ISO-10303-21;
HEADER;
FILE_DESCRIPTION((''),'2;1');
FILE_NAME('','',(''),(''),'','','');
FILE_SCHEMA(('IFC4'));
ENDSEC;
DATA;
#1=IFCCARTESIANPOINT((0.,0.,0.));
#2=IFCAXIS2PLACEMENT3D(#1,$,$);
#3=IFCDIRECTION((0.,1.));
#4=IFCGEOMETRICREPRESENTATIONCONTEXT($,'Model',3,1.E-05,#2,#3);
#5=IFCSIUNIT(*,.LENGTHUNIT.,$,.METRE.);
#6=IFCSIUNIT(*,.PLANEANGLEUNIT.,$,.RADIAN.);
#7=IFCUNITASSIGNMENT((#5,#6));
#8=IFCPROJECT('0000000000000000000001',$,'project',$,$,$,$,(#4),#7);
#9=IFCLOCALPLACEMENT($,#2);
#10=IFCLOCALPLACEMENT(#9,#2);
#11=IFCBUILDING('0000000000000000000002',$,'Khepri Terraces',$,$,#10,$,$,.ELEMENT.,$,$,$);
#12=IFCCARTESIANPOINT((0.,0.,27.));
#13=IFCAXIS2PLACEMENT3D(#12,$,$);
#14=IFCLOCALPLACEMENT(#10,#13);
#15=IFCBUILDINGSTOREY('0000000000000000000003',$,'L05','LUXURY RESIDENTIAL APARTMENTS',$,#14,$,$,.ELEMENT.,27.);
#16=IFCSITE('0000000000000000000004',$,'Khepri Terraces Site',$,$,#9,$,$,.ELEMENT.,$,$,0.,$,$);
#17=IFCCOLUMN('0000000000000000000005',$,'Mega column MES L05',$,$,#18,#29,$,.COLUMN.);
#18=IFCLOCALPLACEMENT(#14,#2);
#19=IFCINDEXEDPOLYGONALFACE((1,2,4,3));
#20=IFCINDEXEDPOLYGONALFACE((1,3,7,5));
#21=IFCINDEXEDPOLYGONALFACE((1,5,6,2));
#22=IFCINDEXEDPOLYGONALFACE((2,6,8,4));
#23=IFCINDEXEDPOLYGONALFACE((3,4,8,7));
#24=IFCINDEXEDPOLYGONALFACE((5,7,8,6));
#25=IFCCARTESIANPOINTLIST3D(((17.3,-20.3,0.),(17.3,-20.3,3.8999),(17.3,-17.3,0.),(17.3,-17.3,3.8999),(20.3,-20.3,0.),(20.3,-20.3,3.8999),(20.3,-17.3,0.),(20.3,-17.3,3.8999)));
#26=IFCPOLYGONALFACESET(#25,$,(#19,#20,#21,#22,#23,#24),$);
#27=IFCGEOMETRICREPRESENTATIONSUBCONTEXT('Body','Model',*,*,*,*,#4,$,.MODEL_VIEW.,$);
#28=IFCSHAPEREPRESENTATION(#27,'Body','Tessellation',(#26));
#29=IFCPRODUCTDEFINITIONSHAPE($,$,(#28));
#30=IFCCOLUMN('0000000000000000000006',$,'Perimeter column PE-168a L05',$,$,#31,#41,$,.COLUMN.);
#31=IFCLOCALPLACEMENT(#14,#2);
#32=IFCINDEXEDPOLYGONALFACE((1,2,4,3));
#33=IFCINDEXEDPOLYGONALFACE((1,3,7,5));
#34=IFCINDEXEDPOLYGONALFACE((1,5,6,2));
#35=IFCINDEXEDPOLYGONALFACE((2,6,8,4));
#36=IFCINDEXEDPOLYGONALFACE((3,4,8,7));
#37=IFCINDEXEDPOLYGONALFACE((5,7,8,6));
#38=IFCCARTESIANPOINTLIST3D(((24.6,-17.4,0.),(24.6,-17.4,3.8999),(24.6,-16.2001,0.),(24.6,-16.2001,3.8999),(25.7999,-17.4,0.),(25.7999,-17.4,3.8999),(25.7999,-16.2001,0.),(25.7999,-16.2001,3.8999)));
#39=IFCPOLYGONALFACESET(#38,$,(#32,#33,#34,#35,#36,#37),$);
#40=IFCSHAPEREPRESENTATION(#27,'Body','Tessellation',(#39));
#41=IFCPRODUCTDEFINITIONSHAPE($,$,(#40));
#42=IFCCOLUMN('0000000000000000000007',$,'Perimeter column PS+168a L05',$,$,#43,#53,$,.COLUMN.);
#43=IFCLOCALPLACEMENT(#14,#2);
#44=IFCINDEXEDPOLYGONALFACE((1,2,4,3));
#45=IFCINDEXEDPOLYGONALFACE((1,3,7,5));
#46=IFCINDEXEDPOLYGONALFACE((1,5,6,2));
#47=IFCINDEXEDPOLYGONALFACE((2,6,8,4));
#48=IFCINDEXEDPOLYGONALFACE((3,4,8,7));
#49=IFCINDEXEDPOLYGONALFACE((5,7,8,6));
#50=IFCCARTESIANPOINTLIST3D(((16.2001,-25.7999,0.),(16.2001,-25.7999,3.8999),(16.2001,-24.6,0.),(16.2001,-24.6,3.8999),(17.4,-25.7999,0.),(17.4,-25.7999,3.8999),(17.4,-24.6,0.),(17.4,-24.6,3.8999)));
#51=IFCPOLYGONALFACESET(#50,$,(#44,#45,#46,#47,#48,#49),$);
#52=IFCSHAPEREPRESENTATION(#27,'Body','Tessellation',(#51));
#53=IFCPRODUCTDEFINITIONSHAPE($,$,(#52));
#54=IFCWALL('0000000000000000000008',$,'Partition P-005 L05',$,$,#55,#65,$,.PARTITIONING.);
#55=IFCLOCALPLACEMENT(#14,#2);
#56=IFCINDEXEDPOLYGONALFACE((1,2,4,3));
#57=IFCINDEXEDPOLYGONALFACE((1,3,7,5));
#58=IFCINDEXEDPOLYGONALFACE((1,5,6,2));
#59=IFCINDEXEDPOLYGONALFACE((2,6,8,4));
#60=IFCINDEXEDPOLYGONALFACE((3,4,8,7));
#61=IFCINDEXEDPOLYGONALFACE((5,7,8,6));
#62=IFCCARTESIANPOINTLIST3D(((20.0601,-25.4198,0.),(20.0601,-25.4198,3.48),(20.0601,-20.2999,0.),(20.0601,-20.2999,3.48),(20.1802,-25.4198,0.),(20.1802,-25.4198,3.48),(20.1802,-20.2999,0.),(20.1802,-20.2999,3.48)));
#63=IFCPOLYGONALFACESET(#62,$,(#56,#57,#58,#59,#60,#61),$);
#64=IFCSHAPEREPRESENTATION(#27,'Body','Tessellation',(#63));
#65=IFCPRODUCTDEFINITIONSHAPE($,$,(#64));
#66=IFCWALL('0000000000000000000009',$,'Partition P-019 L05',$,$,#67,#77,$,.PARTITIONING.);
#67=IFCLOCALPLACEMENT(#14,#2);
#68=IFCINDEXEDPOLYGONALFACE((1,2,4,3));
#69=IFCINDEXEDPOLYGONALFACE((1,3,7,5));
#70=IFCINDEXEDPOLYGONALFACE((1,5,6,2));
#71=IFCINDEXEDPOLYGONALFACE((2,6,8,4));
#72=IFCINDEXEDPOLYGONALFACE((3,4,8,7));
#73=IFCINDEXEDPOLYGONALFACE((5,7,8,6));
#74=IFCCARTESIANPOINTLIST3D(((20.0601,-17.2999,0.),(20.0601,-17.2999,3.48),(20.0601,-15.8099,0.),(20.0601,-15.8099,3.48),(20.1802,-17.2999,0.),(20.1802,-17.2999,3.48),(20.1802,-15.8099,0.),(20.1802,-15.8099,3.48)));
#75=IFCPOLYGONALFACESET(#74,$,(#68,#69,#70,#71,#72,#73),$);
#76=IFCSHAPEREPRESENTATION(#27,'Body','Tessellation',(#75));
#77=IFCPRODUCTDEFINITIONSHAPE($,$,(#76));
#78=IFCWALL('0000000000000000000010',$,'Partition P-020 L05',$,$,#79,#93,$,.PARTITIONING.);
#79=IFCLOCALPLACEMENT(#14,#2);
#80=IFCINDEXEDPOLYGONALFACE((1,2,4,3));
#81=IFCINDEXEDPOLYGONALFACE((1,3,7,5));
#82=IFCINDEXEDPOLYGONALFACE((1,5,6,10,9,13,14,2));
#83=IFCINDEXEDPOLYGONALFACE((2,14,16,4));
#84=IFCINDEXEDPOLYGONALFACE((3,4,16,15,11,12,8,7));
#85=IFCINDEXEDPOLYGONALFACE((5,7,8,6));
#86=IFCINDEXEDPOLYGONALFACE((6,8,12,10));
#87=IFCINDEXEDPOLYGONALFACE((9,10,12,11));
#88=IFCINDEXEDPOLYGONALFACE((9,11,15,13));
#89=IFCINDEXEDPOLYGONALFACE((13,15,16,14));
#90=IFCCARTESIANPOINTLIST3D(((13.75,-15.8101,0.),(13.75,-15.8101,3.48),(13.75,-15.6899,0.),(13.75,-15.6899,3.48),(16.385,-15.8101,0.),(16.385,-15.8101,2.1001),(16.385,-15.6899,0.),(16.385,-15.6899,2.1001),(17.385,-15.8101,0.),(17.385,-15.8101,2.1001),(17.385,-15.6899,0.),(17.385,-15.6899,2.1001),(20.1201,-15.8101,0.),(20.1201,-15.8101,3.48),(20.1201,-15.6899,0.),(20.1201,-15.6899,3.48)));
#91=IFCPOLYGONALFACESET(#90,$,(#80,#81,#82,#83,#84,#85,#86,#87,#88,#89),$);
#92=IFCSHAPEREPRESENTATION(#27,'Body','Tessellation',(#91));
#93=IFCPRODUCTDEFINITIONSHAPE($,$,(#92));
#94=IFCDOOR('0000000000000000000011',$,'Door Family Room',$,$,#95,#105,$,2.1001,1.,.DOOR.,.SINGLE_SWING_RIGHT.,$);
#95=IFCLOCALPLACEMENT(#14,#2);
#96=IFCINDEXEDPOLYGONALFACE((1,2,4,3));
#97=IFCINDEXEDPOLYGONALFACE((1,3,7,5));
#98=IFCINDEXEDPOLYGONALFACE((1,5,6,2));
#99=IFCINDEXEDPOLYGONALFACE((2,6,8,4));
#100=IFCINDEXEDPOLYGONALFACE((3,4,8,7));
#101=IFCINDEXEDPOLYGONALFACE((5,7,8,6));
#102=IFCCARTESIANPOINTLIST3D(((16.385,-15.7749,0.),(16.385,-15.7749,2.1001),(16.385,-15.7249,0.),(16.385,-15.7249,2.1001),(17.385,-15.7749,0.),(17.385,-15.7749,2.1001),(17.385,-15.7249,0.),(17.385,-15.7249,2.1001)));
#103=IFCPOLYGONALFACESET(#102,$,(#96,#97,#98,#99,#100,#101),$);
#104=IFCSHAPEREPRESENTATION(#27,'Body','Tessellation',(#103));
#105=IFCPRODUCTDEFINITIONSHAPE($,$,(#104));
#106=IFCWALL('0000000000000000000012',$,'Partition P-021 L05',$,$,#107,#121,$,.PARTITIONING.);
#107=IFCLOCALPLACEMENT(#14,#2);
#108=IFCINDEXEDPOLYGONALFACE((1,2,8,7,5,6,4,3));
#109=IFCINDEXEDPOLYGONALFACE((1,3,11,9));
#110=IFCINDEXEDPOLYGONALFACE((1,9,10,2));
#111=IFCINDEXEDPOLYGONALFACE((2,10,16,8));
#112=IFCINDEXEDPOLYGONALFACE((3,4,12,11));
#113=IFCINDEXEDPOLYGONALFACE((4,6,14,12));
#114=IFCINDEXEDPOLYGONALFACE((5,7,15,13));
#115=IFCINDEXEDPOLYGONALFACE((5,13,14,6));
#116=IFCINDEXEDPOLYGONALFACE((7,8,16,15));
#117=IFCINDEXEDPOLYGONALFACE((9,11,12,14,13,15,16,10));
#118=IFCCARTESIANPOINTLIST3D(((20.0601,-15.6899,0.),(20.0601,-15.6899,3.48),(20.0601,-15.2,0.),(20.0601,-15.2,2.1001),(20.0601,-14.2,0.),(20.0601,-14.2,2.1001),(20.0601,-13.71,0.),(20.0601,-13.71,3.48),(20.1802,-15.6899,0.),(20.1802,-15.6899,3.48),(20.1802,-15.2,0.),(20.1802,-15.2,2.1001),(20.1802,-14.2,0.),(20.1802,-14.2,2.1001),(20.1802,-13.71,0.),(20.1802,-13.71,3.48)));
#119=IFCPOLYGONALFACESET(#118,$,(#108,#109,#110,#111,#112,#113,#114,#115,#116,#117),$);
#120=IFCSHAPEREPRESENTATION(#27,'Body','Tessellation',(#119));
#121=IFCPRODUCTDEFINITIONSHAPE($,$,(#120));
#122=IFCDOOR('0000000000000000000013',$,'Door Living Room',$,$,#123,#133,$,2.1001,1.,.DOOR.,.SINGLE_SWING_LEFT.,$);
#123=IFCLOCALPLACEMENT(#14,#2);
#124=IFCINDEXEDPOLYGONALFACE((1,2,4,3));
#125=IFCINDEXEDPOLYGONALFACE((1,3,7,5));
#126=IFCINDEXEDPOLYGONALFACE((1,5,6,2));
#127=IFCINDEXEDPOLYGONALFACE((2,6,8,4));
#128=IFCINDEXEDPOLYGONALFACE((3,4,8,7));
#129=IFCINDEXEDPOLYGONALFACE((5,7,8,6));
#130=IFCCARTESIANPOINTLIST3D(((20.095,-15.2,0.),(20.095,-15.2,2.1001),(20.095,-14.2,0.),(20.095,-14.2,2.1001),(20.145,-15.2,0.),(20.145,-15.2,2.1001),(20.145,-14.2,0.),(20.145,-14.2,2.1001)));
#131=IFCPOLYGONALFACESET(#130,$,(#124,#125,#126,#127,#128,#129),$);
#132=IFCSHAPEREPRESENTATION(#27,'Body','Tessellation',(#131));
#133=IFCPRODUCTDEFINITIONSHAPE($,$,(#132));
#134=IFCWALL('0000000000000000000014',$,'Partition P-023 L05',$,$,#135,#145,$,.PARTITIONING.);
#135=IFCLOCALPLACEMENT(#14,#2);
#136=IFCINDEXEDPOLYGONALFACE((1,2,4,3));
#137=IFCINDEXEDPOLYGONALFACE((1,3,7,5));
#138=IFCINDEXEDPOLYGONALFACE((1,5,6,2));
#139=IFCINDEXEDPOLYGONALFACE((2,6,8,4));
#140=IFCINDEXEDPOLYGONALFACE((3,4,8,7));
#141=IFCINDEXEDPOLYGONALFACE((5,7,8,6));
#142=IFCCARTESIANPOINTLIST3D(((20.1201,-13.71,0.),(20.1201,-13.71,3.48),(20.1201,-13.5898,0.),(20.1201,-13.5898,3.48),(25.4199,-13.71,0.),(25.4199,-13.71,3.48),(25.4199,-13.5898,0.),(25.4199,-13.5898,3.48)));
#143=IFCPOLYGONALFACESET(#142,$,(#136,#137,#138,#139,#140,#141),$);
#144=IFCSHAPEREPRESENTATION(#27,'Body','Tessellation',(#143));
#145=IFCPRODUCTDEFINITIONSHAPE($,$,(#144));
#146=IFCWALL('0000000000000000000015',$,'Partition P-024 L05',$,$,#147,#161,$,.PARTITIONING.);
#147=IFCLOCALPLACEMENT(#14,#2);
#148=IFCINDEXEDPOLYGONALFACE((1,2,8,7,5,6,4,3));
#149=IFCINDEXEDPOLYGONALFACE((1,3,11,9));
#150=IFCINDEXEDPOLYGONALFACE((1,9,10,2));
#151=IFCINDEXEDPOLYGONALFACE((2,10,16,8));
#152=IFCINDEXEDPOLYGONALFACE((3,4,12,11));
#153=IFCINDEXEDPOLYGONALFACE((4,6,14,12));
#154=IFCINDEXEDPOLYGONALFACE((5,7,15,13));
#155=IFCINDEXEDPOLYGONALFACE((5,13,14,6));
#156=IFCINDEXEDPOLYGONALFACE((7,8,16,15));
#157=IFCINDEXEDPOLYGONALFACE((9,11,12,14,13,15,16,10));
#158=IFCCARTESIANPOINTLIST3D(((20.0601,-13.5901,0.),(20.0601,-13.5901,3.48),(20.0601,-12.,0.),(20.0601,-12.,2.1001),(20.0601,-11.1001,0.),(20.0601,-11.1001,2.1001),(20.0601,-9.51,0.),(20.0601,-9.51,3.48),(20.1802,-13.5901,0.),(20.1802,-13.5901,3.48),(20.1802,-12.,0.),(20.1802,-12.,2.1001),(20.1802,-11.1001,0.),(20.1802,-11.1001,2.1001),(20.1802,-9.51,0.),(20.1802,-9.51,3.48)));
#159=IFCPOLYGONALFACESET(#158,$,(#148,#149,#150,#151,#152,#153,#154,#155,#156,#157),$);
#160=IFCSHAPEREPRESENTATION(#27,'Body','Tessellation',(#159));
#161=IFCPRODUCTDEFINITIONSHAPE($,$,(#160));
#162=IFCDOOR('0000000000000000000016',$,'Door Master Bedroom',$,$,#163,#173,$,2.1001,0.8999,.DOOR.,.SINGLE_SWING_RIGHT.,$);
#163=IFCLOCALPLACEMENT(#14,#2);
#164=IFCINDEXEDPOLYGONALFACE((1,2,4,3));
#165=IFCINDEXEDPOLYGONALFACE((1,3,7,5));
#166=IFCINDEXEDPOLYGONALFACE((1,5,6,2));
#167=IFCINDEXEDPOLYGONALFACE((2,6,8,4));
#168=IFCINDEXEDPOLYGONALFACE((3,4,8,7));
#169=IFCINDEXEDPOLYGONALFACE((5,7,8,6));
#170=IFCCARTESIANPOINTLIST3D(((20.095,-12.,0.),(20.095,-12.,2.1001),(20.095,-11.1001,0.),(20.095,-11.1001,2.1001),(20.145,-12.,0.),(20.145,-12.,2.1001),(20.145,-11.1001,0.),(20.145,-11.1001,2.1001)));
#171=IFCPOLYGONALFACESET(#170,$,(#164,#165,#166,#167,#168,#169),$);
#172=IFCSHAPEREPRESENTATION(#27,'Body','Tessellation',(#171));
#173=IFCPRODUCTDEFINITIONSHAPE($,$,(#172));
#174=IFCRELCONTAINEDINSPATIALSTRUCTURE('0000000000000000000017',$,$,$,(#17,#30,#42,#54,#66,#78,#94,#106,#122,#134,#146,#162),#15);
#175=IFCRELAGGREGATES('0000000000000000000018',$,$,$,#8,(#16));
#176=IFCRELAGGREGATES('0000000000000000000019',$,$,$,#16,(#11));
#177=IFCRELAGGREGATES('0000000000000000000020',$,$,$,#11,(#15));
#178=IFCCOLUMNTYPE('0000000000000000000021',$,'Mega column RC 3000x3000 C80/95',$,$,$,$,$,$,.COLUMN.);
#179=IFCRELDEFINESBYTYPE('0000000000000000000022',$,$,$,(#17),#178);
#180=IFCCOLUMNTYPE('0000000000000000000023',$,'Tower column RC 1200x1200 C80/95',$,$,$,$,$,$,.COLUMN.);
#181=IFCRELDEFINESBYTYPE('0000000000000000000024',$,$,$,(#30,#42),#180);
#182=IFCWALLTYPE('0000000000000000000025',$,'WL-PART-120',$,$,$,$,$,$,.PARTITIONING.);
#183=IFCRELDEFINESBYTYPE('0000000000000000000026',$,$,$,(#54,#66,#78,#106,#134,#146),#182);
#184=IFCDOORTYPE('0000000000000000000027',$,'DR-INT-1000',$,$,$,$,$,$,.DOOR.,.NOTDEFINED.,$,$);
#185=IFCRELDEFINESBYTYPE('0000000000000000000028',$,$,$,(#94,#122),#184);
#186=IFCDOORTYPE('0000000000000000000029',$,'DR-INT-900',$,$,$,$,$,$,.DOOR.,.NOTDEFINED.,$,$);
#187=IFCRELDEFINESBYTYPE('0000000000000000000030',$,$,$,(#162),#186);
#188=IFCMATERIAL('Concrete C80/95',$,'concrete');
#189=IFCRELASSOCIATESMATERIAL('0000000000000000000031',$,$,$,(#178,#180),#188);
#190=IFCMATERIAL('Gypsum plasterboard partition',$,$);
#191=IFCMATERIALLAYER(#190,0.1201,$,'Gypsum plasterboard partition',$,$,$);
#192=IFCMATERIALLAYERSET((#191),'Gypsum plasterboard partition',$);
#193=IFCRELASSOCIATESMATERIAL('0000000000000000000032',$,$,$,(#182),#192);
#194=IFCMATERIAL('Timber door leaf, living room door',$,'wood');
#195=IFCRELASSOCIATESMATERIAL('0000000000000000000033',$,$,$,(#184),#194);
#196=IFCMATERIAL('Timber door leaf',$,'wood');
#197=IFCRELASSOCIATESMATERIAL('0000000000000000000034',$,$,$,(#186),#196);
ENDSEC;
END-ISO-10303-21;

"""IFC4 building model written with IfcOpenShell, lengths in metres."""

from ifc_helpers import new_model, si_unit, direction, frame, frame_2d, origin, origin_2d, place, context, subcontext, project, spatial, rectangle, extrude, material, layer, layer_set, material_profile, profile_set, type_object, element, fill, save


model = new_model("IFC4")

# Units and contexts
model_context = context("Model", 3, precision=1e-05, world=origin(), true_north=direction((0.0, 1.0)))
body_context = subcontext(model_context, "Body", "Model", "MODEL_VIEW")
ifc_project = project(units=[si_unit("LENGTHUNIT", "METRE"), si_unit("PLANEANGLEUNIT", "RADIAN")], contexts=[model_context])

# Site, building, storey
site_placement = place(None, origin())
site = spatial("IfcSite", under=ifc_project, at=site_placement, Name="Khepri Terraces Site", CompositionType="ELEMENT", RefElevation=0.0)
building_placement = place(site_placement, origin())
building = spatial("IfcBuilding", under=site, at=building_placement, Name="Khepri Terraces", CompositionType="ELEMENT")
storey_placement = place(building_placement, frame((0.0, 0.0, 27.0)))
storey = spatial("IfcBuildingStorey", under=building, at=storey_placement, Name="L05", Description="LUXURY RESIDENTIAL APARTMENTS", CompositionType="ELEMENT", Elevation=27.0)

# Columns
ifc_material_1 = material(Name="Concrete C80/95", Category="concrete")
ifc_material_profile_1 = material_profile(ifc_material_1, rectangle(XDim=3.0, YDim=3.0, at=origin_2d()), Name="Concrete C80/95", Category="concrete")
ifc_profile_set_1 = profile_set([ifc_material_profile_1], Name="Concrete C80/95")
column_type_1 = type_object("IfcColumnType", Name="Mega column RC 3000x3000 C80/95", PredefinedType="COLUMN", material=ifc_profile_set_1)
column_placement = place(storey_placement, frame((18.8, -18.8, 0.0), z_axis=(0.0, 0.0, 1.0), x_axis=(1.0, 0.0, 0.0)))
element("IfcColumn", 1, at=column_placement, inside=storey, type_object=column_type_1, Name="Mega column MES L05", PredefinedType="COLUMN", context=body_context, shape_type="SweptSolid", body=[
    extrude(rectangle(XDim=3.0, YDim=3.0, at=origin_2d()), origin(), (0.0, 0.0, 1.0), 3.8999),
])
ifc_material_profile_2 = material_profile(ifc_material_1, rectangle(XDim=1.2, YDim=1.2, at=origin_2d()), Name="Concrete C80/95", Category="concrete")
ifc_profile_set_2 = profile_set([ifc_material_profile_2], Name="Concrete C80/95")
column_type_2 = type_object("IfcColumnType", Name="Tower column RC 1200x1200 C80/95", PredefinedType="COLUMN", material=ifc_profile_set_2)
for number, where, z_axis, x_axis, name in (
    (2, (25.2, -16.8, 0.0), (0.0, 0.0, 1.0), (1.0, 0.0, 0.0), "Perimeter column PE-168a L05"),
    (3, (16.8, -25.2, 0.0), (0.0, 0.0, 1.0), (1.0, 0.0, 0.0), "Perimeter column PS+168a L05"),
):
    element("IfcColumn", number, at=place(storey_placement, frame(where, z_axis=z_axis, x_axis=x_axis)), inside=storey, type_object=column_type_2, Name=name, PredefinedType="COLUMN", context=body_context, shape_type="SweptSolid", body=[
        extrude(rectangle(XDim=1.2, YDim=1.2, at=origin_2d()), origin(), (0.0, 0.0, 1.0), 3.8999),
    ])

# Walls
ifc_material_2 = material(Name="Gypsum plasterboard partition")
ifc_layer_1 = layer(ifc_material_2, 0.1201, Name="Gypsum plasterboard partition")
ifc_layer_set_1 = layer_set([ifc_layer_1], Name="Gypsum plasterboard partition")
wall_type_1 = type_object("IfcWallType", Name="WL-PART-120", PredefinedType="PARTITIONING", material=ifc_layer_set_1)
wall_1_placement = place(storey_placement, frame((20.1201, -25.4199, 0.0), z_axis=(0.0, 0.0, 1.0), x_axis=(0.0, 1.0, 0.0)))
element("IfcWall", 4, at=wall_1_placement, inside=storey, type_object=wall_type_1, Name="Partition P-005 L05", PredefinedType="PARTITIONING", context=body_context, shape_type="SweptSolid", body=[
    extrude(rectangle(XDim=5.1199, YDim=0.1201, at=frame_2d((2.5601, 0.0))), origin(), (0.0, 0.0, 1.0), 3.48),
])
wall_2_placement = place(storey_placement, frame((20.1201, -17.3, 0.0), z_axis=(0.0, 0.0, 1.0), x_axis=(0.0, 1.0, 0.0)))
element("IfcWall", 5, at=wall_2_placement, inside=storey, type_object=wall_type_1, Name="Partition P-019 L05", PredefinedType="PARTITIONING", context=body_context, shape_type="SweptSolid", body=[
    extrude(rectangle(XDim=1.49, YDim=0.1201, at=frame_2d((0.7451, 0.0))), origin(), (0.0, 0.0, 1.0), 3.48),
])

# Walls, openings, doors
wall_3_placement = place(storey_placement, frame((13.75, -15.75, 0.0), z_axis=(0.0, 0.0, 1.0), x_axis=(1.0, 0.0, 0.0)))
wall_3 = element("IfcWall", 6, at=wall_3_placement, inside=storey, type_object=wall_type_1, Name="Partition P-020 L05", PredefinedType="PARTITIONING", context=body_context, shape_type="SweptSolid", body=[
    extrude(rectangle(XDim=6.3701, YDim=0.1201, at=frame_2d((3.1851, 0.0))), origin(), (0.0, 0.0, 1.0), 3.48),
])
opening_1_placement = place(wall_3_placement, frame((2.635, 0.0, 0.0)))
opening_1 = element("IfcOpeningElement", 7, at=opening_1_placement, cuts=wall_3, PredefinedType="OPENING", context=body_context, shape_type="SweptSolid", body=[
    extrude(rectangle(XDim=1.0, YDim=2.1001, at=frame_2d((0.5, 1.05))), frame((0.0, 0.0701, 0.0), z_axis=(0.0, -1.0, 0.0), x_axis=(1.0, 0.0, 0.0)), (0.0, 0.0, 1.0), 0.1401),
])
ifc_material_3 = material(Name="Timber door leaf, living room door", Category="wood")
door_type_1 = type_object("IfcDoorType", Name="DR-INT-1000", OperationType="NOTDEFINED", PredefinedType="DOOR", material=ifc_material_3)
door_1_placement = place(opening_1_placement, frame((1.0, 0.0, 0.0), z_axis=(0.0, 0.0, 1.0), x_axis=(-1.0, 0.0, 0.0)))
door_1 = element("IfcDoor", 8, at=door_1_placement, inside=storey, type_object=door_type_1, Name="Door Family Room", OperationType="SINGLE_SWING_RIGHT", OverallHeight=2.1001, OverallWidth=1.0, PredefinedType="DOOR", context=body_context, shape_type="SweptSolid", body=[
    extrude(rectangle(XDim=1.0, YDim=2.1001, at=frame_2d((0.5, 1.05))), frame((0.0, 0.0249, 0.0), z_axis=(0.0, -1.0, 0.0), x_axis=(1.0, 0.0, 0.0)), (0.0, 0.0, 1.0), 0.05),
])
fill(opening_1, door_1)
wall_4_placement = place(storey_placement, frame((20.1201, -15.6899, 0.0), z_axis=(0.0, 0.0, 1.0), x_axis=(0.0, 1.0, 0.0)))
wall_4 = element("IfcWall", 9, at=wall_4_placement, inside=storey, type_object=wall_type_1, Name="Partition P-021 L05", PredefinedType="PARTITIONING", context=body_context, shape_type="SweptSolid", body=[
    extrude(rectangle(XDim=1.98, YDim=0.1201, at=frame_2d((0.99, 0.0))), origin(), (0.0, 0.0, 1.0), 3.48),
])
opening_2_placement = place(wall_4_placement, frame((0.49, 0.0, 0.0)))
opening_2 = element("IfcOpeningElement", 10, at=opening_2_placement, cuts=wall_4, PredefinedType="OPENING", context=body_context, shape_type="SweptSolid", body=[
    extrude(rectangle(XDim=1.0, YDim=2.1001, at=frame_2d((0.5, 1.05))), frame((0.0, 0.0701, 0.0), z_axis=(0.0, -1.0, 0.0), x_axis=(1.0, 0.0, 0.0)), (0.0, 0.0, 1.0), 0.1401),
])
door_2_placement = place(opening_2_placement, frame((1.0, 0.0, 0.0), z_axis=(0.0, 0.0, 1.0), x_axis=(-1.0, 0.0, 0.0)))
door_2 = element("IfcDoor", 11, at=door_2_placement, inside=storey, type_object=door_type_1, Name="Door Living Room", OperationType="SINGLE_SWING_LEFT", OverallHeight=2.1001, OverallWidth=1.0, PredefinedType="DOOR", context=body_context, shape_type="SweptSolid", body=[
    extrude(rectangle(XDim=1.0, YDim=2.1001, at=frame_2d((0.5, 1.05))), frame((0.0, 0.0249, 0.0), z_axis=(0.0, -1.0, 0.0), x_axis=(1.0, 0.0, 0.0)), (0.0, 0.0, 1.0), 0.05),
])
fill(opening_2, door_2)

# Wall
wall_5_placement = place(storey_placement, frame((20.1201, -13.6499, 0.0), z_axis=(0.0, 0.0, 1.0), x_axis=(1.0, 0.0, 0.0)))
element("IfcWall", 12, at=wall_5_placement, inside=storey, type_object=wall_type_1, Name="Partition P-023 L05", PredefinedType="PARTITIONING", context=body_context, shape_type="SweptSolid", body=[
    extrude(rectangle(XDim=5.2998, YDim=0.1201, at=frame_2d((2.6499, 0.0))), origin(), (0.0, 0.0, 1.0), 3.48),
])

# Wall, opening, door
wall_6_placement = place(storey_placement, frame((20.1201, -13.5901, 0.0), z_axis=(0.0, 0.0, 1.0), x_axis=(0.0, 1.0, 0.0)))
wall_6 = element("IfcWall", 13, at=wall_6_placement, inside=storey, type_object=wall_type_1, Name="Partition P-024 L05", PredefinedType="PARTITIONING", context=body_context, shape_type="SweptSolid", body=[
    extrude(rectangle(XDim=4.0801, YDim=0.1201, at=frame_2d((2.04, 0.0))), origin(), (0.0, 0.0, 1.0), 3.48),
])
opening_3_placement = place(wall_6_placement, frame((1.5901, 0.0, 0.0)))
opening_3 = element("IfcOpeningElement", 14, at=opening_3_placement, cuts=wall_6, PredefinedType="OPENING", context=body_context, shape_type="SweptSolid", body=[
    extrude(rectangle(XDim=0.8999, YDim=2.1001, at=frame_2d((0.45, 1.05))), frame((0.0, 0.0701, 0.0), z_axis=(0.0, -1.0, 0.0), x_axis=(1.0, 0.0, 0.0)), (0.0, 0.0, 1.0), 0.1401),
])
ifc_material_4 = material(Name="Timber door leaf", Category="wood")
door_type_2 = type_object("IfcDoorType", Name="DR-INT-900", OperationType="NOTDEFINED", PredefinedType="DOOR", material=ifc_material_4)
door_3_placement = place(opening_3_placement, frame((0.8999, 0.0, 0.0), z_axis=(0.0, 0.0, 1.0), x_axis=(-1.0, 0.0, 0.0)))
door_3 = element("IfcDoor", 15, at=door_3_placement, inside=storey, type_object=door_type_2, Name="Door Master Bedroom", OperationType="SINGLE_SWING_RIGHT", OverallHeight=2.1001, OverallWidth=0.8999, PredefinedType="DOOR", context=body_context, shape_type="SweptSolid", body=[
    extrude(rectangle(XDim=0.8999, YDim=2.1001, at=frame_2d((0.45, 1.05))), frame((0.0, 0.0249, 0.0), z_axis=(0.0, -1.0, 0.0), x_axis=(1.0, 0.0, 0.0)), (0.0, 0.0, 1.0), 0.05),
])
fill(opening_3, door_3)

save(model, "model.ifc")
